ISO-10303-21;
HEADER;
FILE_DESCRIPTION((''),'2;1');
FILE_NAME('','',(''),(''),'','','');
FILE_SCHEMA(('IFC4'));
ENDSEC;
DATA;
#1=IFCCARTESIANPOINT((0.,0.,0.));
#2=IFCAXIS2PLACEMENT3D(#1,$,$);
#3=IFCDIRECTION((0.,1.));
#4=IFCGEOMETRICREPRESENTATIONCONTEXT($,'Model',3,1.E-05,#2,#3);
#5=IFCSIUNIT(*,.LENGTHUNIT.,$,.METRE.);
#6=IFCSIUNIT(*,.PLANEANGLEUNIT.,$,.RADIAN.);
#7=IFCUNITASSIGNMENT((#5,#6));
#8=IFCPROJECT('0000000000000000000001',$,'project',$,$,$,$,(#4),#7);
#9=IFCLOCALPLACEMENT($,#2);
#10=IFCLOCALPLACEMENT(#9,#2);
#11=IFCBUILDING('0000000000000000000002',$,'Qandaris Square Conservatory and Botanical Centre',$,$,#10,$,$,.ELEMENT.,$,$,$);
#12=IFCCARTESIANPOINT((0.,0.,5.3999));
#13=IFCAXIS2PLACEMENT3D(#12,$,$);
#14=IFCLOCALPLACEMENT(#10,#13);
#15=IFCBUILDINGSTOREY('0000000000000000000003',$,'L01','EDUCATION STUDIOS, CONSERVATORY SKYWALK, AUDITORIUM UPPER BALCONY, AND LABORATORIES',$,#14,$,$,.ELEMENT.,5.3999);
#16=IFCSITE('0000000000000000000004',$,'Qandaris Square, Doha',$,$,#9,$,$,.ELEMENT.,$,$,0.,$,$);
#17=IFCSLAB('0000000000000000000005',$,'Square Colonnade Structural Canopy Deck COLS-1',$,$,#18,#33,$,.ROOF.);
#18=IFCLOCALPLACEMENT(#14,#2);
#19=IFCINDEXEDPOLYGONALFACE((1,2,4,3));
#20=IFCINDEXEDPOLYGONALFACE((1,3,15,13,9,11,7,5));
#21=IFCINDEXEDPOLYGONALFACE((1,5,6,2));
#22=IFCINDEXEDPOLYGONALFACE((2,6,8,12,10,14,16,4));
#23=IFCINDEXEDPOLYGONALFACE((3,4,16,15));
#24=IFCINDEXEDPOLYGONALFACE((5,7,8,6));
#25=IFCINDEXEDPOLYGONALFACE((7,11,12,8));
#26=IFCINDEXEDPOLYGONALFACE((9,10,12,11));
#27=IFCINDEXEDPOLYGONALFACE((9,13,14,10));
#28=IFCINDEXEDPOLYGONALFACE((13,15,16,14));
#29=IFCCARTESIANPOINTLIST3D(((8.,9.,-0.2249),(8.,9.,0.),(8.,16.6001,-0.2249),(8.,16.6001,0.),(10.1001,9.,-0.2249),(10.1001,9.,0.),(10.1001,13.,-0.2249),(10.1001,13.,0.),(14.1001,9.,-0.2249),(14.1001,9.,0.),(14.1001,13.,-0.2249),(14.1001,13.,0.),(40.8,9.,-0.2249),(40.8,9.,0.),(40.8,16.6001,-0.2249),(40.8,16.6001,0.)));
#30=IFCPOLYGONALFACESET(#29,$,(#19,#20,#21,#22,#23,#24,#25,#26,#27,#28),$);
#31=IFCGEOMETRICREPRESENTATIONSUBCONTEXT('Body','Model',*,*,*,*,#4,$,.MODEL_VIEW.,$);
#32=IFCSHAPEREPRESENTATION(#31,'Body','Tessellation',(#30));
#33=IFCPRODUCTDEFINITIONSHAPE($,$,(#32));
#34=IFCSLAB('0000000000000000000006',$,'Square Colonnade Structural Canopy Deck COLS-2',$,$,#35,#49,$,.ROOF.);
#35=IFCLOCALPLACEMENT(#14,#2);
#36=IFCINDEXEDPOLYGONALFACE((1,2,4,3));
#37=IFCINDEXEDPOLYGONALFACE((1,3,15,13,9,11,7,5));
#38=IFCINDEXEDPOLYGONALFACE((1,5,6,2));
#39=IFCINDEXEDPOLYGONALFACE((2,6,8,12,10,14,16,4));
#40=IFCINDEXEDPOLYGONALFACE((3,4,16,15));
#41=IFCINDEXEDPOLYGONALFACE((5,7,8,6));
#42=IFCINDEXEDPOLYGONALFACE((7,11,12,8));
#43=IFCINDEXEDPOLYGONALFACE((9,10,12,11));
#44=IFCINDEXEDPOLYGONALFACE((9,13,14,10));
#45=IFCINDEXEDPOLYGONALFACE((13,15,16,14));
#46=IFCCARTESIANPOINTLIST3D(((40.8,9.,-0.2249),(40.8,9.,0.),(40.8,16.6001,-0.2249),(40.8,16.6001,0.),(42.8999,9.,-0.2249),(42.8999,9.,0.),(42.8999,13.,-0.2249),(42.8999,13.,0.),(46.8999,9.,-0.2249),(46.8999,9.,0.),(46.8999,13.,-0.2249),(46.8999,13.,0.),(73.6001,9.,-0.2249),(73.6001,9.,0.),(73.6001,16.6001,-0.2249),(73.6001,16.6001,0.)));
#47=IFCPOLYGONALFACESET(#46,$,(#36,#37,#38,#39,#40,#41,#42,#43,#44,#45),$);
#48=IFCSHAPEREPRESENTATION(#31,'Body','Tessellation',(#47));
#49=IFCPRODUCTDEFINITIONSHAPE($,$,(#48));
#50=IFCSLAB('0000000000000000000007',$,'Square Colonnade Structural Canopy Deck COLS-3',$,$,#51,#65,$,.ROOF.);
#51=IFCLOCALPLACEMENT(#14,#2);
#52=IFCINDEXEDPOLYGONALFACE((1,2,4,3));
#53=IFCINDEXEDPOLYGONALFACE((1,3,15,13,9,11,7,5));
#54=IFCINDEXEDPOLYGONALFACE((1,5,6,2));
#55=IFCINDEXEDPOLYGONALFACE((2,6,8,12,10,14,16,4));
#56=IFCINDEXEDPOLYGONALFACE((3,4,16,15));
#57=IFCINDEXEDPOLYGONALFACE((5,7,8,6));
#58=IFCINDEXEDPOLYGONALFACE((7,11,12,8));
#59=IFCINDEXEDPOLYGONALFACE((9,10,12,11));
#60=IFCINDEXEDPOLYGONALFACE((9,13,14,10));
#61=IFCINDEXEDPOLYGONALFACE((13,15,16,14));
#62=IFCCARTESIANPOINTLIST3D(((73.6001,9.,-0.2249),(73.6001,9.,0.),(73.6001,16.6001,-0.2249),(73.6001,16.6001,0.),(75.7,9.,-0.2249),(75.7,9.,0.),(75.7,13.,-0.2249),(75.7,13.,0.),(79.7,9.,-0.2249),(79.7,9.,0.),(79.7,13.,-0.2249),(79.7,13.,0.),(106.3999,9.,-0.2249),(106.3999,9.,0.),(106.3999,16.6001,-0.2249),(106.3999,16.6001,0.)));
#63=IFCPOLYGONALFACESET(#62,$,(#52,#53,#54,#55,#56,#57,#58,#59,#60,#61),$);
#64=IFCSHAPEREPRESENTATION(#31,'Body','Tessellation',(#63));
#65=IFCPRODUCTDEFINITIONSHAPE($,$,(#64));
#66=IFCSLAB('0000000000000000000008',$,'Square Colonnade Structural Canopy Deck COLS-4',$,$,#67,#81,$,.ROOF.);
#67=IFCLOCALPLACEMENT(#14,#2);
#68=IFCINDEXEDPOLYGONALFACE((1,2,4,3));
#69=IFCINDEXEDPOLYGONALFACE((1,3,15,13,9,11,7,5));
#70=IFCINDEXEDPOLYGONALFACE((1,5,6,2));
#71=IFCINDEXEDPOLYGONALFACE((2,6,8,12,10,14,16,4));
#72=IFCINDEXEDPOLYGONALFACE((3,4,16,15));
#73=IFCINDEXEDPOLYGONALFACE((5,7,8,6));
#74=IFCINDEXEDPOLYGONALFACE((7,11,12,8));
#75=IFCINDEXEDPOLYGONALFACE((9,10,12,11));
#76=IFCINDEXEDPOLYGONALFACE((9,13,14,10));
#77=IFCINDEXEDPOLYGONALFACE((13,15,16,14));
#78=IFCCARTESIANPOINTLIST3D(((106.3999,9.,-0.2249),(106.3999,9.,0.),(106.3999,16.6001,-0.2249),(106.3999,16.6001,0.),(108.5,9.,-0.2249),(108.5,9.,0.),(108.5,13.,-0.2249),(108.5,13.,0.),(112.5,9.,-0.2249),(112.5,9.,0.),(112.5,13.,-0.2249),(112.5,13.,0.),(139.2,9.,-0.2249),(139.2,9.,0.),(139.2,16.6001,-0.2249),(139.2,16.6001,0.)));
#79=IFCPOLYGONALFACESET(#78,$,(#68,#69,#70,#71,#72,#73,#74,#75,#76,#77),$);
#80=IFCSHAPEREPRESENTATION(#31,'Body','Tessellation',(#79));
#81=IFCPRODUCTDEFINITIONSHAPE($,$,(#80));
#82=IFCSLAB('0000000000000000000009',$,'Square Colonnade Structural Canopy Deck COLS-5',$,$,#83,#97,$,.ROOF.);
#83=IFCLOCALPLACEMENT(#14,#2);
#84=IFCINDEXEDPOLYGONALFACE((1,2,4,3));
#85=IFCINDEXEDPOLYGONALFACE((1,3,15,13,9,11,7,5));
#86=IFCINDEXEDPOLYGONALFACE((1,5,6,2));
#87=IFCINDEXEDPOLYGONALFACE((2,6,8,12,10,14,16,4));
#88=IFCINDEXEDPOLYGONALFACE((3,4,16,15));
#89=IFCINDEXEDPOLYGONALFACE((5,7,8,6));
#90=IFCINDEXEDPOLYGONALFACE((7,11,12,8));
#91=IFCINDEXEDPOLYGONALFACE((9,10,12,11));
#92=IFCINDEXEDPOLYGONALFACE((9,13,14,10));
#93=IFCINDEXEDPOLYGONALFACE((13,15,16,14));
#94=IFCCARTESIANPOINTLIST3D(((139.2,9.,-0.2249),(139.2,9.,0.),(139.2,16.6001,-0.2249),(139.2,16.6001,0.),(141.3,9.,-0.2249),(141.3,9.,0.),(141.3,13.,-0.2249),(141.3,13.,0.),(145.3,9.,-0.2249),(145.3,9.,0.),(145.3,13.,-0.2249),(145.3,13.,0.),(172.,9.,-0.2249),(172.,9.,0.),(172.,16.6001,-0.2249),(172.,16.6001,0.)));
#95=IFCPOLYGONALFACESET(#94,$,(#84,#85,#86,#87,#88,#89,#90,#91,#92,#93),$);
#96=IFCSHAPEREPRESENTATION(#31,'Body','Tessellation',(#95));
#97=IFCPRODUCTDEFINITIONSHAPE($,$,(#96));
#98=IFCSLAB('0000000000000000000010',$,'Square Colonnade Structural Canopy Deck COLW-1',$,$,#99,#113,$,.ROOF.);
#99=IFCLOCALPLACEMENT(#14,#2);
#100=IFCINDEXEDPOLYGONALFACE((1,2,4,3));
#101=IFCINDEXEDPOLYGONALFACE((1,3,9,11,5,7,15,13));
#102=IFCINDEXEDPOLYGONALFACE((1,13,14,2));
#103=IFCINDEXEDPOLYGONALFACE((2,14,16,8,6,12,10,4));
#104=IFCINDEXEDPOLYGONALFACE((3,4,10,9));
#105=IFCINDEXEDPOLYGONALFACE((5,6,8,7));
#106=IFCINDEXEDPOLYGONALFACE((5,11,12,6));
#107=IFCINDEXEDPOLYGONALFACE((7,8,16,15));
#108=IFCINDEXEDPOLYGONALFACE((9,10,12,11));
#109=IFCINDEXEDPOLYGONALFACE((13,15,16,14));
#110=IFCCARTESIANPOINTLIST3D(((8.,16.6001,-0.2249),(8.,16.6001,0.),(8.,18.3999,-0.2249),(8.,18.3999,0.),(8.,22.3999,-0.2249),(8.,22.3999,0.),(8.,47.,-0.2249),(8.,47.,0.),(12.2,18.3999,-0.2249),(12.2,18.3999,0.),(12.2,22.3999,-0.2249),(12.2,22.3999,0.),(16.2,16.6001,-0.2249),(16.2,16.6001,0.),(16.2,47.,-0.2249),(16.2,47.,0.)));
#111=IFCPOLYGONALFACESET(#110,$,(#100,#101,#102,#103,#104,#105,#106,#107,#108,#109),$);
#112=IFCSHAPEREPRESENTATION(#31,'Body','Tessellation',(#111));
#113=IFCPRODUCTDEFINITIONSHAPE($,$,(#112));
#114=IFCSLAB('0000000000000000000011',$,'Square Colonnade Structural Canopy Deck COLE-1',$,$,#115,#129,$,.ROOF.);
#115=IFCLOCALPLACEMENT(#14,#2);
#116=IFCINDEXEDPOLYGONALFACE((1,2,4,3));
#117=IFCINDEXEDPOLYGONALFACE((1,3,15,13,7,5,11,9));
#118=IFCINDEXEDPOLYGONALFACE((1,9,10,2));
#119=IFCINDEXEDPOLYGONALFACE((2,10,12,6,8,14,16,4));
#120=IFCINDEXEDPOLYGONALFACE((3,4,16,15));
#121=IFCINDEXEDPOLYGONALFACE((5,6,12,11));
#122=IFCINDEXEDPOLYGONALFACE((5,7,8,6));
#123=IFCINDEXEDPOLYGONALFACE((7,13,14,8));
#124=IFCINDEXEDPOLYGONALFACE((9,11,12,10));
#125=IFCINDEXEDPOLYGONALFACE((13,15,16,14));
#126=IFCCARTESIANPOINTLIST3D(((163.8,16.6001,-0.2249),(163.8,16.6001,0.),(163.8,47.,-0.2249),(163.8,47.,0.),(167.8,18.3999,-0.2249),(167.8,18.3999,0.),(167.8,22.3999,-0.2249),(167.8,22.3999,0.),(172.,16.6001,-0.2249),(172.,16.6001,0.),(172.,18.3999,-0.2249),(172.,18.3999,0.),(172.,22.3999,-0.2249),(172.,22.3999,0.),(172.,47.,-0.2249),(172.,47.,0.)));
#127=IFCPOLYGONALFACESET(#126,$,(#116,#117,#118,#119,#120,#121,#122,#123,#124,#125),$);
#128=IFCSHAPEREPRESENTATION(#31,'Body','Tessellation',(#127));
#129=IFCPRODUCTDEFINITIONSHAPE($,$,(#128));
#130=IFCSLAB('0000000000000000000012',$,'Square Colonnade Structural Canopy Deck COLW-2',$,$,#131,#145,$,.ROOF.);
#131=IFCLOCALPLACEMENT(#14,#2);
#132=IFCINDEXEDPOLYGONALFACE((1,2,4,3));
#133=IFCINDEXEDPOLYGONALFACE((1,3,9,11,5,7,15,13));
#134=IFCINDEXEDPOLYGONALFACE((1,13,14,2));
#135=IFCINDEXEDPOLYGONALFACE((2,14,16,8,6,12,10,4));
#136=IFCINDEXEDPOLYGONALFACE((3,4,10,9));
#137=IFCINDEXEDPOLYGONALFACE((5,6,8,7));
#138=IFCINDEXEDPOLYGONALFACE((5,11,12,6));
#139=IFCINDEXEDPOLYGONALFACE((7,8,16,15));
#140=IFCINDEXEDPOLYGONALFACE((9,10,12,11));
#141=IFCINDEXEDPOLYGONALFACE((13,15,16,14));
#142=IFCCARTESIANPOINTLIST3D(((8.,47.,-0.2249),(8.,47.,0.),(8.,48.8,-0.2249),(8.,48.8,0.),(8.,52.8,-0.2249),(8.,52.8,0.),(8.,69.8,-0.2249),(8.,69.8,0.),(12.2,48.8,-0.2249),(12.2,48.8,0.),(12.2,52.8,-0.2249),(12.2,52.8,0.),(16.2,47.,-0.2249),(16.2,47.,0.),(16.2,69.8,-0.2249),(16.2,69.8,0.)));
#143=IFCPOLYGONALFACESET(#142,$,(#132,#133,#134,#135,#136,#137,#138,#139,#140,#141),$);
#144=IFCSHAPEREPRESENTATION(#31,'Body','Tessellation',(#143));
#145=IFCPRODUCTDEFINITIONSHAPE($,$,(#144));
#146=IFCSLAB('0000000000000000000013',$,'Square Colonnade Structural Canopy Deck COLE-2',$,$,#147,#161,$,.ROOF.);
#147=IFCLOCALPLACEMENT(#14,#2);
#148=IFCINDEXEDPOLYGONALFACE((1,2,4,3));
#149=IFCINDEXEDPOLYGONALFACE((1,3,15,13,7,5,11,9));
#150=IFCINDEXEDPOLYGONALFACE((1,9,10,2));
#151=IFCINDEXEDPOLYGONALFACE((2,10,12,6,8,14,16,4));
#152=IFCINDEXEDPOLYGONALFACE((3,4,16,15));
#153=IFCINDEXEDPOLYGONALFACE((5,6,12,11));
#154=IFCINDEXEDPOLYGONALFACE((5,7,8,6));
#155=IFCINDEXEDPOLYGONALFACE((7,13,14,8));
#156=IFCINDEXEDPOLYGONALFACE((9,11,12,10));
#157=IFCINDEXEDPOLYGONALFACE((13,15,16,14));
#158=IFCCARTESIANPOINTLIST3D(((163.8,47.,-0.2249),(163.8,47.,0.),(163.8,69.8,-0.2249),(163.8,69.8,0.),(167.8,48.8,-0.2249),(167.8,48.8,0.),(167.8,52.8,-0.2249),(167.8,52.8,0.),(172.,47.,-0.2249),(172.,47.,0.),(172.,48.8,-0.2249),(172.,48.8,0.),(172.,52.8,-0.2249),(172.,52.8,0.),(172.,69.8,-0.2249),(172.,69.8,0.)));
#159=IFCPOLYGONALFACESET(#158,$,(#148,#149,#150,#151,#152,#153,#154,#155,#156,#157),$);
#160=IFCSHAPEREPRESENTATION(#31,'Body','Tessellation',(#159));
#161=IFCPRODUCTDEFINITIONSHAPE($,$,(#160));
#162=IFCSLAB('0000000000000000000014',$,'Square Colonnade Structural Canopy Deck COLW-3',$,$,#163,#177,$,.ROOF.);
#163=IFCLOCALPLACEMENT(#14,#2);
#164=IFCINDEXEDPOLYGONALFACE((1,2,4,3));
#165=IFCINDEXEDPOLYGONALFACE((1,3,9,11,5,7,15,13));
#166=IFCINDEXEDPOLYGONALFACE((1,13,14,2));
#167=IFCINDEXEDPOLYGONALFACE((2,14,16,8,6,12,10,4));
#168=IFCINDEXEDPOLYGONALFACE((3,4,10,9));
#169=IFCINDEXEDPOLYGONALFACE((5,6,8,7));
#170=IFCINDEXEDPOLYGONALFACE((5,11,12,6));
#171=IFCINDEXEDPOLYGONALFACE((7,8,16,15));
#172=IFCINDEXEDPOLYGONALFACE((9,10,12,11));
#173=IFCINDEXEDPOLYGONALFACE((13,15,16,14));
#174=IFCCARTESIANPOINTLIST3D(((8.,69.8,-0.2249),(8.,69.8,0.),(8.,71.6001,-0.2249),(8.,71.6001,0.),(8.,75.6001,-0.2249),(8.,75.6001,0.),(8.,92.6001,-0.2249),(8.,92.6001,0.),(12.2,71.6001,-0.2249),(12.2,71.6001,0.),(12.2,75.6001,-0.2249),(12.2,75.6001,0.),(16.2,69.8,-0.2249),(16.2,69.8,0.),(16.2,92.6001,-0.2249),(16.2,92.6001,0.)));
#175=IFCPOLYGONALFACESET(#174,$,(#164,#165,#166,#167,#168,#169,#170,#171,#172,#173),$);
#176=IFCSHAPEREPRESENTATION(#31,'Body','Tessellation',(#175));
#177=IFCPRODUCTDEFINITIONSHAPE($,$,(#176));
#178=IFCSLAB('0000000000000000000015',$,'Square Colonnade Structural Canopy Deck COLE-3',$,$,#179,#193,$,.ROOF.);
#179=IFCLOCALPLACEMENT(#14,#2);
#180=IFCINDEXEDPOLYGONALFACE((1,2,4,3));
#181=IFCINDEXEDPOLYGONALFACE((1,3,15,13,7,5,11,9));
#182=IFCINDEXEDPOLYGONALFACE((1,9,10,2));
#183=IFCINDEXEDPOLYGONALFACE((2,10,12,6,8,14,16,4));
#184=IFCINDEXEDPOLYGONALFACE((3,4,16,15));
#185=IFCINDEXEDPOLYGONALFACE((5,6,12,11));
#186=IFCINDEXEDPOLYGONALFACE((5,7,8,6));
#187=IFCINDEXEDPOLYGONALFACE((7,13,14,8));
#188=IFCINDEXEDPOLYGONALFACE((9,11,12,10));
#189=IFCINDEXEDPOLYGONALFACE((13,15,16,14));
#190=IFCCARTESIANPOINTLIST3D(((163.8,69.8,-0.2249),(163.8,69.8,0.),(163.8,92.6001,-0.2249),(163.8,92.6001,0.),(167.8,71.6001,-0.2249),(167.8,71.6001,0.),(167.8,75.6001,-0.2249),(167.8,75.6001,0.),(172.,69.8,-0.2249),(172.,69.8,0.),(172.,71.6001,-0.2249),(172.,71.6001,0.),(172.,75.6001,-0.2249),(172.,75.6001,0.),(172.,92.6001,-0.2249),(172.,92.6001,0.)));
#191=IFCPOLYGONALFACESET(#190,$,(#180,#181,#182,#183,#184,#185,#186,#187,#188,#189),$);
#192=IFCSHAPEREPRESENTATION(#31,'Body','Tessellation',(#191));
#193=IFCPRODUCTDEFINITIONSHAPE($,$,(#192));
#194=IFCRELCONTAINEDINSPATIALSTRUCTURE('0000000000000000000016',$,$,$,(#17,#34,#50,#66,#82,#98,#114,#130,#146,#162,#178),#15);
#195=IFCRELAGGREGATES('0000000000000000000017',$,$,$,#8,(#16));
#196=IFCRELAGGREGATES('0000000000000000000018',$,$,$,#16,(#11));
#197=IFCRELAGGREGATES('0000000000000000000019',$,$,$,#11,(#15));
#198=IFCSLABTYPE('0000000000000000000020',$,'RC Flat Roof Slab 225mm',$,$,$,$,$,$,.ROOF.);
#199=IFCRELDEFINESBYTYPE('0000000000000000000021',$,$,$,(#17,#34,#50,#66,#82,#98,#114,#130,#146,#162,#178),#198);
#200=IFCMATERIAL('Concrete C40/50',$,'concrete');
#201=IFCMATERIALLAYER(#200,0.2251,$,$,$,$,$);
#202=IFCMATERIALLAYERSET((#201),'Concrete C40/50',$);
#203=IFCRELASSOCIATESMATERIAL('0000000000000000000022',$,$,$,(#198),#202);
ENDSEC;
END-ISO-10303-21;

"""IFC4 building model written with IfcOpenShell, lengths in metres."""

from ifc_helpers import new_model, si_unit, direction, frame, origin, place, context, subcontext, project, spatial, polyline, outline, extrude, material, layer, layer_set, type_object, element, save


model = new_model("IFC4")

# Units and contexts
model_context = context("Model", 3, precision=1e-05, world=origin(), true_north=direction((0.0, 1.0)))
body_context = subcontext(model_context, "Body", "Model", "MODEL_VIEW")
ifc_project = project(units=[si_unit("LENGTHUNIT", "METRE"), si_unit("PLANEANGLEUNIT", "RADIAN")], contexts=[model_context])

# Site, building, storey
site_placement = place(None, origin())
site = spatial("IfcSite", under=ifc_project, at=site_placement, Name="Qandaris Square, Doha", CompositionType="ELEMENT", RefElevation=0.0)
building_placement = place(site_placement, origin())
building = spatial("IfcBuilding", under=site, at=building_placement, Name="Qandaris Square Conservatory and Botanical Centre", CompositionType="ELEMENT")
storey_placement = place(building_placement, frame((0.0, 0.0, 5.3999)))
storey = spatial("IfcBuildingStorey", under=building, at=storey_placement, Name="L01", Description="EDUCATION STUDIOS, CONSERVATORY SKYWALK, AUDITORIUM UPPER BALCONY, AND LABORATORIES", CompositionType="ELEMENT", Elevation=5.3999)

# Slabs
ifc_material_1 = material(Name="Concrete C40/50", Category="concrete")
ifc_layer_1 = layer(ifc_material_1, 0.2251)
ifc_layer_set_1 = layer_set([ifc_layer_1], Name="Concrete C40/50")
slab_type_1 = type_object("IfcSlabType", Name="RC Flat Roof Slab 225mm", PredefinedType="ROOF", material=ifc_layer_set_1)
slab_1_placement = place(storey_placement, frame((0.0, 0.0, -0.2249)))
element("IfcSlab", 1, at=slab_1_placement, inside=storey, type_object=slab_type_1, Name="Square Colonnade Structural Canopy Deck COLS-1", PredefinedType="ROOF", context=body_context, shape_type="SweptSolid", body=[
    extrude(outline(polyline([(8.0, 9.0), (8.0, 16.6001), (40.8, 16.6001), (40.8, 9.0), (14.1001, 9.0), (14.1001, 13.0), (10.1001, 13.0), (10.1001, 9.0), (8.0, 9.0)])), origin(), (0.0, 0.0, 1.0), 0.2249),
])
slab_2_placement = place(storey_placement, frame((0.0, 0.0, -0.2249)))
element("IfcSlab", 2, at=slab_2_placement, inside=storey, type_object=slab_type_1, Name="Square Colonnade Structural Canopy Deck COLS-2", PredefinedType="ROOF", context=body_context, shape_type="SweptSolid", body=[
    extrude(outline(polyline([(40.8, 9.0), (40.8, 16.6001), (73.6001, 16.6001), (73.6001, 9.0), (46.8999, 9.0), (46.8999, 13.0), (42.8999, 13.0), (42.8999, 9.0), (40.8, 9.0)])), origin(), (0.0, 0.0, 1.0), 0.2249),
])
slab_3_placement = place(storey_placement, frame((0.0, 0.0, -0.2249)))
element("IfcSlab", 3, at=slab_3_placement, inside=storey, type_object=slab_type_1, Name="Square Colonnade Structural Canopy Deck COLS-3", PredefinedType="ROOF", context=body_context, shape_type="SweptSolid", body=[
    extrude(outline(polyline([(73.6001, 9.0), (73.6001, 16.6001), (106.3999, 16.6001), (106.3999, 9.0), (79.7, 9.0), (79.7, 13.0), (75.7, 13.0), (75.7, 9.0), (73.6001, 9.0)])), origin(), (0.0, 0.0, 1.0), 0.2249),
])
slab_4_placement = place(storey_placement, frame((0.0, 0.0, -0.2249)))
element("IfcSlab", 4, at=slab_4_placement, inside=storey, type_object=slab_type_1, Name="Square Colonnade Structural Canopy Deck COLS-4", PredefinedType="ROOF", context=body_context, shape_type="SweptSolid", body=[
    extrude(outline(polyline([(106.3999, 9.0), (106.3999, 16.6001), (139.2, 16.6001), (139.2, 9.0), (112.5, 9.0), (112.5, 13.0), (108.5, 13.0), (108.5, 9.0), (106.3999, 9.0)])), origin(), (0.0, 0.0, 1.0), 0.2249),
])
slab_5_placement = place(storey_placement, frame((0.0, 0.0, -0.2249)))
element("IfcSlab", 5, at=slab_5_placement, inside=storey, type_object=slab_type_1, Name="Square Colonnade Structural Canopy Deck COLS-5", PredefinedType="ROOF", context=body_context, shape_type="SweptSolid", body=[
    extrude(outline(polyline([(139.2, 9.0), (139.2, 16.6001), (172.0, 16.6001), (172.0, 9.0), (145.3, 9.0), (145.3, 13.0), (141.3, 13.0), (141.3, 9.0), (139.2, 9.0)])), origin(), (0.0, 0.0, 1.0), 0.2249),
])
slab_6_placement = place(storey_placement, frame((0.0, 0.0, -0.2249)))
element("IfcSlab", 6, at=slab_6_placement, inside=storey, type_object=slab_type_1, Name="Square Colonnade Structural Canopy Deck COLW-1", PredefinedType="ROOF", context=body_context, shape_type="SweptSolid", body=[
    extrude(outline(polyline([(8.0, 47.0), (16.2, 47.0), (16.2, 16.6001), (8.0, 16.6001), (8.0, 18.3999), (12.2, 18.3999), (12.2, 22.3999), (8.0, 22.3999), (8.0, 47.0)])), origin(), (0.0, 0.0, 1.0), 0.2249),
])
slab_7_placement = place(storey_placement, frame((0.0, 0.0, -0.2249)))
element("IfcSlab", 7, at=slab_7_placement, inside=storey, type_object=slab_type_1, Name="Square Colonnade Structural Canopy Deck COLE-1", PredefinedType="ROOF", context=body_context, shape_type="SweptSolid", body=[
    extrude(outline(polyline([(172.0, 16.6001), (163.8, 16.6001), (163.8, 47.0), (172.0, 47.0), (172.0, 22.3999), (167.8, 22.3999), (167.8, 18.3999), (172.0, 18.3999), (172.0, 16.6001)])), origin(), (0.0, 0.0, 1.0), 0.2249),
])
slab_8_placement = place(storey_placement, frame((0.0, 0.0, -0.2249)))
element("IfcSlab", 8, at=slab_8_placement, inside=storey, type_object=slab_type_1, Name="Square Colonnade Structural Canopy Deck COLW-2", PredefinedType="ROOF", context=body_context, shape_type="SweptSolid", body=[
    extrude(outline(polyline([(8.0, 69.8), (16.2, 69.8), (16.2, 47.0), (8.0, 47.0), (8.0, 48.8), (12.2, 48.8), (12.2, 52.8), (8.0, 52.8), (8.0, 69.8)])), origin(), (0.0, 0.0, 1.0), 0.2249),
])
slab_9_placement = place(storey_placement, frame((0.0, 0.0, -0.2249)))
element("IfcSlab", 9, at=slab_9_placement, inside=storey, type_object=slab_type_1, Name="Square Colonnade Structural Canopy Deck COLE-2", PredefinedType="ROOF", context=body_context, shape_type="SweptSolid", body=[
    extrude(outline(polyline([(172.0, 47.0), (163.8, 47.0), (163.8, 69.8), (172.0, 69.8), (172.0, 52.8), (167.8, 52.8), (167.8, 48.8), (172.0, 48.8), (172.0, 47.0)])), origin(), (0.0, 0.0, 1.0), 0.2249),
])
slab_10_placement = place(storey_placement, frame((0.0, 0.0, -0.2249)))
element("IfcSlab", 10, at=slab_10_placement, inside=storey, type_object=slab_type_1, Name="Square Colonnade Structural Canopy Deck COLW-3", PredefinedType="ROOF", context=body_context, shape_type="SweptSolid", body=[
    extrude(outline(polyline([(8.0, 92.6001), (16.2, 92.6001), (16.2, 69.8), (8.0, 69.8), (8.0, 71.6001), (12.2, 71.6001), (12.2, 75.6001), (8.0, 75.6001), (8.0, 92.6001)])), origin(), (0.0, 0.0, 1.0), 0.2249),
])
slab_11_placement = place(storey_placement, frame((0.0, 0.0, -0.2249)))
element("IfcSlab", 11, at=slab_11_placement, inside=storey, type_object=slab_type_1, Name="Square Colonnade Structural Canopy Deck COLE-3", PredefinedType="ROOF", context=body_context, shape_type="SweptSolid", body=[
    extrude(outline(polyline([(172.0, 69.8), (163.8, 69.8), (163.8, 92.6001), (172.0, 92.6001), (172.0, 75.6001), (167.8, 75.6001), (167.8, 71.6001), (172.0, 71.6001), (172.0, 69.8)])), origin(), (0.0, 0.0, 1.0), 0.2249),
])

save(model, "model.ifc")
